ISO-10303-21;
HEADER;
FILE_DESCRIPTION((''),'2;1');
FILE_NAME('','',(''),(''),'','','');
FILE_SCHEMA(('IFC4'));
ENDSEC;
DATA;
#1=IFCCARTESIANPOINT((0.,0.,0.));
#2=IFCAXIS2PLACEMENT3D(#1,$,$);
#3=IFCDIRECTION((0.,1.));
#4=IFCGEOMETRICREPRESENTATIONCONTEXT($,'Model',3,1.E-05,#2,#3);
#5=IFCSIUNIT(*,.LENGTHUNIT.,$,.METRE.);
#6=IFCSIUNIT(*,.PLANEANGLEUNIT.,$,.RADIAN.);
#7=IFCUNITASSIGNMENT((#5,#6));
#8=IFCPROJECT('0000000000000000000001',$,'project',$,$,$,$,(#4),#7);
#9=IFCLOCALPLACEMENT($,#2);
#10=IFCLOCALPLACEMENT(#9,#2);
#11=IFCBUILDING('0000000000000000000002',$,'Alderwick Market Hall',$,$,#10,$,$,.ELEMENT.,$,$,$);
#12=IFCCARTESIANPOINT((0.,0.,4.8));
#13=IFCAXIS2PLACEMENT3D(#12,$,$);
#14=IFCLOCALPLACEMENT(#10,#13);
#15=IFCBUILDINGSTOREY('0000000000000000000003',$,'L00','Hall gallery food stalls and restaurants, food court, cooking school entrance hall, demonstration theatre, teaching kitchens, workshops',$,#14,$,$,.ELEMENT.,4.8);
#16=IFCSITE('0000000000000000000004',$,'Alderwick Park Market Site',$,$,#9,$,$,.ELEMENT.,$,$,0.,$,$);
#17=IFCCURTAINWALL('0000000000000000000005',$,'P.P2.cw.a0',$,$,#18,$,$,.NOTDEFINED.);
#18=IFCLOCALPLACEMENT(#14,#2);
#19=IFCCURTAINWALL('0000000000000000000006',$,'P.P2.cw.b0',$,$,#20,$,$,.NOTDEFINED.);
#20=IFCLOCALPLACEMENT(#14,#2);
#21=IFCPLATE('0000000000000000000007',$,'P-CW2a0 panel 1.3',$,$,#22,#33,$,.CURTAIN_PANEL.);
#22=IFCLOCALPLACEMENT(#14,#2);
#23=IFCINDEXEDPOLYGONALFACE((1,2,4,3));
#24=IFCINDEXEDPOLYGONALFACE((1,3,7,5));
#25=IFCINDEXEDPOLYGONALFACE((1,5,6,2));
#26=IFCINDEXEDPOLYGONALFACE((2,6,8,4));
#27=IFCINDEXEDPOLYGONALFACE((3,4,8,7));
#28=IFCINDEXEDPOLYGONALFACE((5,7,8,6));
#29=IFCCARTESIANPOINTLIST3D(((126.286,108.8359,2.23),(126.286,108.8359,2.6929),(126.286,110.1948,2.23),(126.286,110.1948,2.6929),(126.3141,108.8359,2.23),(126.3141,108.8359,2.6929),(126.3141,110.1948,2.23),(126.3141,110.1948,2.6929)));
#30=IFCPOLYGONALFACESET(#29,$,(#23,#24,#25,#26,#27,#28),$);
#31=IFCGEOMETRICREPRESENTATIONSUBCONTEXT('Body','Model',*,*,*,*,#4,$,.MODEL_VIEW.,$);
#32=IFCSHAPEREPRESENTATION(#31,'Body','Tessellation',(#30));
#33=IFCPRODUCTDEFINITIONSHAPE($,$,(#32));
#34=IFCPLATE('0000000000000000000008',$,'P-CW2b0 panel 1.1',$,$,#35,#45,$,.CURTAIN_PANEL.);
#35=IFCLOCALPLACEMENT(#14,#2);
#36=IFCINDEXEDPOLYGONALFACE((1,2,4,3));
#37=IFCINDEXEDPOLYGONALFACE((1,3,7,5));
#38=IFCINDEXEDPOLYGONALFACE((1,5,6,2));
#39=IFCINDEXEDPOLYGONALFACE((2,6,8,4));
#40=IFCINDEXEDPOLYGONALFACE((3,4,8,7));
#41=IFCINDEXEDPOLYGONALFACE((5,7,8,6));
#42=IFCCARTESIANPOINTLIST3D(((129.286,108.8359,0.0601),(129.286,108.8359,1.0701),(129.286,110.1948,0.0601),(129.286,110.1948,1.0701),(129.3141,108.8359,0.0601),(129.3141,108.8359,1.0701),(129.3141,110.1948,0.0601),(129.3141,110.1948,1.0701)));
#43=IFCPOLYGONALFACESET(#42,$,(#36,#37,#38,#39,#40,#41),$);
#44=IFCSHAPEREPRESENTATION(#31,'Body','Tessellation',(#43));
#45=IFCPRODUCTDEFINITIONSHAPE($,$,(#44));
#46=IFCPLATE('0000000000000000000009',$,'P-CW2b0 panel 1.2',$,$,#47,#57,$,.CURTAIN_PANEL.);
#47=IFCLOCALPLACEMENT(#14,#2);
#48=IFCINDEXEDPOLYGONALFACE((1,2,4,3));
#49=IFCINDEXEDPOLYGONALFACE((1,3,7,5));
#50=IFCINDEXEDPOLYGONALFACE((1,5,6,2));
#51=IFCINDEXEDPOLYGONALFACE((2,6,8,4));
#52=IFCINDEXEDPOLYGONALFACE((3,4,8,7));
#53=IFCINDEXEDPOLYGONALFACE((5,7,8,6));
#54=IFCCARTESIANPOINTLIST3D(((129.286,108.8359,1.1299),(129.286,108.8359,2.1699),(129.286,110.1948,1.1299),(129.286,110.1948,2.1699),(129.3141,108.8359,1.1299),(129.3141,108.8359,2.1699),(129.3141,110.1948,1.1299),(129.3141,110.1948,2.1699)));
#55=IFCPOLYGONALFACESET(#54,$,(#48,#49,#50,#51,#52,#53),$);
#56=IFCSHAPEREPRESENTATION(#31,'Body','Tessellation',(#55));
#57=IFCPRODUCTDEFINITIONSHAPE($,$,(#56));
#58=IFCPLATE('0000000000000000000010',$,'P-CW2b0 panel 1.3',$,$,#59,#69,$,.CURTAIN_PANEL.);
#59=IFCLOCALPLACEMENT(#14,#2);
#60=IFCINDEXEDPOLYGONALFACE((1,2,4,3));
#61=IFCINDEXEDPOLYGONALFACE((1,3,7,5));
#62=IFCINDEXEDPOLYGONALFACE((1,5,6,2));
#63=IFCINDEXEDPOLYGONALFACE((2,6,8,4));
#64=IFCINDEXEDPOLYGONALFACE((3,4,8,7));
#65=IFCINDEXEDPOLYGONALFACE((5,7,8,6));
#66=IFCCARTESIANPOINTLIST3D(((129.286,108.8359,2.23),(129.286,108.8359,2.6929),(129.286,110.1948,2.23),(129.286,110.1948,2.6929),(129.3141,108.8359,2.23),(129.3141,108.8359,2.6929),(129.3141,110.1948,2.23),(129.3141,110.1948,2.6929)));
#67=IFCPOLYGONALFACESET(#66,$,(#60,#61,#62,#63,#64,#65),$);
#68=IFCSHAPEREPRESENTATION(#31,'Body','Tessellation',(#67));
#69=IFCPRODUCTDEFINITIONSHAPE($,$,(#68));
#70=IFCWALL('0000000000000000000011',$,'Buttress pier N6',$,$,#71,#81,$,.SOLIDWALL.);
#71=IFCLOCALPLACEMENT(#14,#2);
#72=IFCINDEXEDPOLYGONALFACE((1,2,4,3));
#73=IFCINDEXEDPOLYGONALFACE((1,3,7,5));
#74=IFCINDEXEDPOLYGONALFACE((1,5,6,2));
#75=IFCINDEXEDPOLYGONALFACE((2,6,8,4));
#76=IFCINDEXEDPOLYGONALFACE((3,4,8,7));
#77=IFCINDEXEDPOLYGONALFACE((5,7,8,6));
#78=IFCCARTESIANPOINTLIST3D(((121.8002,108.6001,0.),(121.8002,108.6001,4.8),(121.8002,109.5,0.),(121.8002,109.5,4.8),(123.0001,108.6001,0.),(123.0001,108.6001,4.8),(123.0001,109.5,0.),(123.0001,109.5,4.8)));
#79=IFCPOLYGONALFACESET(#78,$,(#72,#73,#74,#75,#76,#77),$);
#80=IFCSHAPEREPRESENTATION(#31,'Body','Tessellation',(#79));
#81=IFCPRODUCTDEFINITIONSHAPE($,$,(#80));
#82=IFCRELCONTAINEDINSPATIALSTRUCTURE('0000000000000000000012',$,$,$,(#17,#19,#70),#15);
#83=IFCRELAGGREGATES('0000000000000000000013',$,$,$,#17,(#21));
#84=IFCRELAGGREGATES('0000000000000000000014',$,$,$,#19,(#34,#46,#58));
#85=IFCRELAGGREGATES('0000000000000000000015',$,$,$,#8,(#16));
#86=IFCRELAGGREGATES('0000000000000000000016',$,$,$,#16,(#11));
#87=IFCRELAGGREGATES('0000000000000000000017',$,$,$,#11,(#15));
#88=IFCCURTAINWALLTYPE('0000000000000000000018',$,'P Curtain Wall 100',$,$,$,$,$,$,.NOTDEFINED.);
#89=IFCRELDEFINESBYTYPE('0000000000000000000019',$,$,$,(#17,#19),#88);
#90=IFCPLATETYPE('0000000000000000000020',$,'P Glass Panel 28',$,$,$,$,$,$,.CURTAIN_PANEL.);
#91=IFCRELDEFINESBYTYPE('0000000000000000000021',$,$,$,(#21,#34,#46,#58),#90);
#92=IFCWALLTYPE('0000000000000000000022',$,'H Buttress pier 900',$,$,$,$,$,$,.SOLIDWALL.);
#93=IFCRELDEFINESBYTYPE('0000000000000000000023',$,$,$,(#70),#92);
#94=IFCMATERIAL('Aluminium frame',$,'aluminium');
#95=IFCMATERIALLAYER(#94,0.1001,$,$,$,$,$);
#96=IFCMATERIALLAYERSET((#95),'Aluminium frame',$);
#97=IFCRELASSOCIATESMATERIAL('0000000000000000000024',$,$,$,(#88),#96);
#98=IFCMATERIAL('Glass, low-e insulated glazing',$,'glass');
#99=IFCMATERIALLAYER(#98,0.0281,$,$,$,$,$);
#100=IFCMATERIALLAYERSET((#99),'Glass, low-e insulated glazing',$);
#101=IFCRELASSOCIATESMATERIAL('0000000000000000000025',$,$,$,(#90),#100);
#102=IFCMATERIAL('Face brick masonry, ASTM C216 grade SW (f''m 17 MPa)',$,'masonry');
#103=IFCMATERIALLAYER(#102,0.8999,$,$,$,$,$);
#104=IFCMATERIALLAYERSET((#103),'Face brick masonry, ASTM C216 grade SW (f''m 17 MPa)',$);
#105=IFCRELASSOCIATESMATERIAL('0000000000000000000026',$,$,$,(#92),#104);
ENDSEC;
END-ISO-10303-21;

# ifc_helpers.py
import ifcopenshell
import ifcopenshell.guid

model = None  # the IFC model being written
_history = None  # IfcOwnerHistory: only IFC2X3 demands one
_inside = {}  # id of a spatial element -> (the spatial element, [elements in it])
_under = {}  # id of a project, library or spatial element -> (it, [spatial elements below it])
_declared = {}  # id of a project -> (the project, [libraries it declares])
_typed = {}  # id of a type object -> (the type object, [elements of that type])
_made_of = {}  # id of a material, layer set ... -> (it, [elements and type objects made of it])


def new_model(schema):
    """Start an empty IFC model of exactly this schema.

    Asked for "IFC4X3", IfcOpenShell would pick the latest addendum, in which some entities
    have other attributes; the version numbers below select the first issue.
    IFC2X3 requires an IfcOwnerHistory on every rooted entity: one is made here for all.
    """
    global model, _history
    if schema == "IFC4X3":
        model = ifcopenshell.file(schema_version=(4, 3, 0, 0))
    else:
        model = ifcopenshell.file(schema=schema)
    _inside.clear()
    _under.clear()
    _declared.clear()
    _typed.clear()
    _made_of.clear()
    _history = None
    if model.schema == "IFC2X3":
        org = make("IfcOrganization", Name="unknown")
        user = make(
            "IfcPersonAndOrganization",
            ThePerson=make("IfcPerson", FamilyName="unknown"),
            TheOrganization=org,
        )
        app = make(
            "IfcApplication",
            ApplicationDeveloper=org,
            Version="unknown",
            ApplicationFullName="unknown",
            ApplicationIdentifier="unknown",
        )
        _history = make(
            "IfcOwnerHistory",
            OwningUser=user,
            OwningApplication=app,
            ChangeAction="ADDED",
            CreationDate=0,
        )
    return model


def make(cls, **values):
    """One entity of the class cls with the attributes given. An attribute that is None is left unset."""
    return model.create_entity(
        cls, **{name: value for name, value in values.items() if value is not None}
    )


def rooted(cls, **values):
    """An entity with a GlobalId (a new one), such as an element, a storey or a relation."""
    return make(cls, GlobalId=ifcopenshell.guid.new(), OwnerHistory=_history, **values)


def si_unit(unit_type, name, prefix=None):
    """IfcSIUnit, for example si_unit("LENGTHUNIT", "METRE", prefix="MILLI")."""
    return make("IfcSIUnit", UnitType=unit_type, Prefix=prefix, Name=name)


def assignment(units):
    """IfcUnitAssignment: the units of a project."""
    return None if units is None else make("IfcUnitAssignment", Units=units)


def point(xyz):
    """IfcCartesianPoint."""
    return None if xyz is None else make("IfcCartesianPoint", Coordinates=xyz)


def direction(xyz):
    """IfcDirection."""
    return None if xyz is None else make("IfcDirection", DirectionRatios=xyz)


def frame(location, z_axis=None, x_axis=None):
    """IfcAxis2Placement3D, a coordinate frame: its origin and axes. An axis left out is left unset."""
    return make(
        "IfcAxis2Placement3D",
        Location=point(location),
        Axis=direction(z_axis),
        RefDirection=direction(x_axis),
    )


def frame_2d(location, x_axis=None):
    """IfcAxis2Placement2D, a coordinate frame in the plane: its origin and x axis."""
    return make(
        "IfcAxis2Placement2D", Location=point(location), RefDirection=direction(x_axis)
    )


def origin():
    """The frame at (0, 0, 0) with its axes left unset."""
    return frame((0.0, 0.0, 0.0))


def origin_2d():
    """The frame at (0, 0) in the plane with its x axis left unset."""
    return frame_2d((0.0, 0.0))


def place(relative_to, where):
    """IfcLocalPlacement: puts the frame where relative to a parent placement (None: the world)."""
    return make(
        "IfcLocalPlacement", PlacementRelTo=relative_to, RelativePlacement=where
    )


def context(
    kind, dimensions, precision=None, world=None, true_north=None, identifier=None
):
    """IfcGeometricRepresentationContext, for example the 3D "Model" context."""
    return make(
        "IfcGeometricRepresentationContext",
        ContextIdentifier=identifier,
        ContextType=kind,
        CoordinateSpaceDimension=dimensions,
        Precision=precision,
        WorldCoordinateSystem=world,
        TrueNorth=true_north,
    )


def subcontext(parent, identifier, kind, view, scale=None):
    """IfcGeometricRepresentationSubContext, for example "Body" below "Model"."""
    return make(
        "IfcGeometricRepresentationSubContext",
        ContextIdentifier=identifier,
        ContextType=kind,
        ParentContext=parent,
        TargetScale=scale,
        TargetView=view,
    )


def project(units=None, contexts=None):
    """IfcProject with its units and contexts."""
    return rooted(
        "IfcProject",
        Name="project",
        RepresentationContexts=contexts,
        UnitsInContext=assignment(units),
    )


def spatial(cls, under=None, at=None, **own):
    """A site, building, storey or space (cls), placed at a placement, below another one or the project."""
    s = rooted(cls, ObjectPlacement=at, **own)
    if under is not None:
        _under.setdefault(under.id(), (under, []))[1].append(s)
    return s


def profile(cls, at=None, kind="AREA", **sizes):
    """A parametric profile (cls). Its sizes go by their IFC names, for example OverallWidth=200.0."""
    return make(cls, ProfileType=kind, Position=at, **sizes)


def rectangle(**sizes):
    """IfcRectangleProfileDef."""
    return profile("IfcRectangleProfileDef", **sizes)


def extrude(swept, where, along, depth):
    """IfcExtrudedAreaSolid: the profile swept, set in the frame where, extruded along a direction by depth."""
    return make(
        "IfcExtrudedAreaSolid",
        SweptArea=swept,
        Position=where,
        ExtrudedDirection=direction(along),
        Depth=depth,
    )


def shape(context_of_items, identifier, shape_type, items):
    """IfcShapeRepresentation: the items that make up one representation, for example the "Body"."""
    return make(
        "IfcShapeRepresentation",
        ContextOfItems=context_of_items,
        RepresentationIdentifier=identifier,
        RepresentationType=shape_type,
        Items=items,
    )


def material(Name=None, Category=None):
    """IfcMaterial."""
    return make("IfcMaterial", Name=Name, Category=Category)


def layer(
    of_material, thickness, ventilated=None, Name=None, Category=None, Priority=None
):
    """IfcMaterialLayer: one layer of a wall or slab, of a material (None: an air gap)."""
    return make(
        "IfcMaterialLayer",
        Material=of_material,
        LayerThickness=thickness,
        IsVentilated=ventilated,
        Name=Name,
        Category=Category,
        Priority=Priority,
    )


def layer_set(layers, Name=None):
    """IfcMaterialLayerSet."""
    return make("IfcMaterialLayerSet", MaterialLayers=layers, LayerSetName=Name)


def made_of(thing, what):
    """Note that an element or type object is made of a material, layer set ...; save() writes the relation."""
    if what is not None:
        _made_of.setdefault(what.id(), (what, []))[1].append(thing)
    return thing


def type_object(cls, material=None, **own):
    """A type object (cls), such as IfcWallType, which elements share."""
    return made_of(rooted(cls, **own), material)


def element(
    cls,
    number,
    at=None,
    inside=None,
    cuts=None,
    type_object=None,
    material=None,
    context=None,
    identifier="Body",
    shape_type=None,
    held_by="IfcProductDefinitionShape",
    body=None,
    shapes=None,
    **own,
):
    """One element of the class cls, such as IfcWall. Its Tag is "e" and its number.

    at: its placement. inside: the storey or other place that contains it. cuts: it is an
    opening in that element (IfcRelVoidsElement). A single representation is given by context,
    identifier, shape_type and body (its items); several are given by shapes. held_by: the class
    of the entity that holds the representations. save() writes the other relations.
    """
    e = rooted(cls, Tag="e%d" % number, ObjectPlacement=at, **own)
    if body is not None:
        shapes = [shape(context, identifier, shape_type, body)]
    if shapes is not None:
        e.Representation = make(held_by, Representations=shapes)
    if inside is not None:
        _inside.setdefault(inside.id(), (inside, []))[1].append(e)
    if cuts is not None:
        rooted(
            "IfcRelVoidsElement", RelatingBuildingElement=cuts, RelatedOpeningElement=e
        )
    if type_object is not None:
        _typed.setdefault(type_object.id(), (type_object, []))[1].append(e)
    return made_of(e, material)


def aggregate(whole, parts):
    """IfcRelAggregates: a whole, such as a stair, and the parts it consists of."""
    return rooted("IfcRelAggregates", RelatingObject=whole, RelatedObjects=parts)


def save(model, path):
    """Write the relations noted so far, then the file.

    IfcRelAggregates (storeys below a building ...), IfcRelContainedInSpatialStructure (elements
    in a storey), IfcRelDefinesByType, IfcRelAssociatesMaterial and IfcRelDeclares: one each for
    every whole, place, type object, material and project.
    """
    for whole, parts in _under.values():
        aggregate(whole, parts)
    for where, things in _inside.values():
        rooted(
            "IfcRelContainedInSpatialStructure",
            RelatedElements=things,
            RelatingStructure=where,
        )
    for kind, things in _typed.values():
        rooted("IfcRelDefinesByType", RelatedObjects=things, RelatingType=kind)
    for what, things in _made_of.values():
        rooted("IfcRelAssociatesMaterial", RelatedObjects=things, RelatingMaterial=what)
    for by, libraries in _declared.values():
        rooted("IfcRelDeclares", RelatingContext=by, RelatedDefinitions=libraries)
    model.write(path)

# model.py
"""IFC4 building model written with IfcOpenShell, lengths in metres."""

from ifc_helpers import new_model, si_unit, direction, frame, frame_2d, origin, origin_2d, place, context, subcontext, project, spatial, rectangle, extrude, material, layer, layer_set, type_object, element, aggregate, save


model = new_model("IFC4")

# Units and contexts
model_context = context("Model", 3, precision=1e-05, world=origin(), true_north=direction((0.0, 1.0)))
body_context = subcontext(model_context, "Body", "Model", "MODEL_VIEW")
ifc_project = project(units=[si_unit("LENGTHUNIT", "METRE"), si_unit("PLANEANGLEUNIT", "RADIAN")], contexts=[model_context])

# Site, building, storey
site_placement = place(None, origin())
site = spatial("IfcSite", under=ifc_project, at=site_placement, Name="Alderwick Park Market Site", CompositionType="ELEMENT", RefElevation=0.0)
building_placement = place(site_placement, origin())
building = spatial("IfcBuilding", under=site, at=building_placement, Name="Alderwick Market Hall", CompositionType="ELEMENT")
storey_placement = place(building_placement, frame((0.0, 0.0, 4.8)))
storey = spatial("IfcBuildingStorey", under=building, at=storey_placement, Name="L00", Description="Hall gallery food stalls and restaurants, food court, cooking school entrance hall, demonstration theatre, teaching kitchens, workshops", CompositionType="ELEMENT", Elevation=4.8)

# Curtain walls
ifc_material_1 = material(Name="Aluminium frame", Category="aluminium")
ifc_layer_1 = layer(ifc_material_1, 0.1001)
ifc_layer_set_1 = layer_set([ifc_layer_1], Name="Aluminium frame")
curtain_wall_type = type_object("IfcCurtainWallType", Name="P Curtain Wall 100", PredefinedType="NOTDEFINED", material=ifc_layer_set_1)
curtain_wall_1_placement = place(storey_placement, origin())
curtain_wall_1 = element("IfcCurtainWall", 1, at=curtain_wall_1_placement, inside=storey, type_object=curtain_wall_type, Name="P.P2.cw.a0", PredefinedType="NOTDEFINED")
curtain_wall_2_placement = place(storey_placement, origin())
curtain_wall_2 = element("IfcCurtainWall", 2, at=curtain_wall_2_placement, inside=storey, type_object=curtain_wall_type, Name="P.P2.cw.b0", PredefinedType="NOTDEFINED")

# Plates
ifc_material_2 = material(Name="Glass, low-e insulated glazing", Category="glass")
ifc_layer_2 = layer(ifc_material_2, 0.0281)
ifc_layer_set_2 = layer_set([ifc_layer_2], Name="Glass, low-e insulated glazing")
plate_type = type_object("IfcPlateType", Name="P Glass Panel 28", PredefinedType="CURTAIN_PANEL", material=ifc_layer_set_2)
plate_1_placement = place(storey_placement, frame((126.3, 109.5154, 2.23), z_axis=(0.0, 0.0, 1.0), x_axis=(0.0, 1.0, 0.0)))
plate_1 = element("IfcPlate", 3, at=plate_1_placement, type_object=plate_type, Name="P-CW2a0 panel 1.3", PredefinedType="CURTAIN_PANEL", context=body_context, shape_type="SweptSolid", body=[
    extrude(rectangle(XDim=1.3589, YDim=0.0281, at=origin_2d()), origin(), (0.0, 0.0, 1.0), 0.4629),
])
aggregate(curtain_wall_1, [plate_1])
plate_2_placement = place(storey_placement, frame((129.3, 109.5154, 0.0601), z_axis=(0.0, 0.0, 1.0), x_axis=(0.0, 1.0, 0.0)))
plate_2 = element("IfcPlate", 4, at=plate_2_placement, type_object=plate_type, Name="P-CW2b0 panel 1.1", PredefinedType="CURTAIN_PANEL", context=body_context, shape_type="SweptSolid", body=[
    extrude(rectangle(XDim=1.3589, YDim=0.0281, at=origin_2d()), origin(), (0.0, 0.0, 1.0), 1.01),
])
plate_3_placement = place(storey_placement, frame((129.3, 109.5154, 1.1299), z_axis=(0.0, 0.0, 1.0), x_axis=(0.0, 1.0, 0.0)))
plate_3 = element("IfcPlate", 5, at=plate_3_placement, type_object=plate_type, Name="P-CW2b0 panel 1.2", PredefinedType="CURTAIN_PANEL", context=body_context, shape_type="SweptSolid", body=[
    extrude(rectangle(XDim=1.3589, YDim=0.0281, at=origin_2d()), origin(), (0.0, 0.0, 1.0), 1.04),
])
plate_4_placement = place(storey_placement, frame((129.3, 109.5154, 2.23), z_axis=(0.0, 0.0, 1.0), x_axis=(0.0, 1.0, 0.0)))
plate_4 = element("IfcPlate", 6, at=plate_4_placement, type_object=plate_type, Name="P-CW2b0 panel 1.3", PredefinedType="CURTAIN_PANEL", context=body_context, shape_type="SweptSolid", body=[
    extrude(rectangle(XDim=1.3589, YDim=0.0281, at=origin_2d()), origin(), (0.0, 0.0, 1.0), 0.4629),
])
aggregate(curtain_wall_2, [plate_2, plate_3, plate_4])

# Wall
ifc_material_3 = material(Name="Face brick masonry, ASTM C216 grade SW (f'm 17 MPa)", Category="masonry")
ifc_layer_3 = layer(ifc_material_3, 0.8999)
ifc_layer_set_3 = layer_set([ifc_layer_3], Name="Face brick masonry, ASTM C216 grade SW (f'm 17 MPa)")
wall_type = type_object("IfcWallType", Name="H Buttress pier 900", PredefinedType="SOLIDWALL", material=ifc_layer_set_3)
wall_placement = place(storey_placement, frame((121.8, 109.05, 0.0), z_axis=(0.0, 0.0, 1.0), x_axis=(1.0, 0.0, 0.0)))
element("IfcWall", 7, at=wall_placement, inside=storey, type_object=wall_type, Name="Buttress pier N6", PredefinedType="SOLIDWALL", context=body_context, shape_type="SweptSolid", body=[
    extrude(rectangle(XDim=1.2, YDim=0.8999, at=frame_2d((0.6001, 0.0))), origin(), (0.0, 0.0, 1.0), 4.8),
])

save(model, "model.ifc")
